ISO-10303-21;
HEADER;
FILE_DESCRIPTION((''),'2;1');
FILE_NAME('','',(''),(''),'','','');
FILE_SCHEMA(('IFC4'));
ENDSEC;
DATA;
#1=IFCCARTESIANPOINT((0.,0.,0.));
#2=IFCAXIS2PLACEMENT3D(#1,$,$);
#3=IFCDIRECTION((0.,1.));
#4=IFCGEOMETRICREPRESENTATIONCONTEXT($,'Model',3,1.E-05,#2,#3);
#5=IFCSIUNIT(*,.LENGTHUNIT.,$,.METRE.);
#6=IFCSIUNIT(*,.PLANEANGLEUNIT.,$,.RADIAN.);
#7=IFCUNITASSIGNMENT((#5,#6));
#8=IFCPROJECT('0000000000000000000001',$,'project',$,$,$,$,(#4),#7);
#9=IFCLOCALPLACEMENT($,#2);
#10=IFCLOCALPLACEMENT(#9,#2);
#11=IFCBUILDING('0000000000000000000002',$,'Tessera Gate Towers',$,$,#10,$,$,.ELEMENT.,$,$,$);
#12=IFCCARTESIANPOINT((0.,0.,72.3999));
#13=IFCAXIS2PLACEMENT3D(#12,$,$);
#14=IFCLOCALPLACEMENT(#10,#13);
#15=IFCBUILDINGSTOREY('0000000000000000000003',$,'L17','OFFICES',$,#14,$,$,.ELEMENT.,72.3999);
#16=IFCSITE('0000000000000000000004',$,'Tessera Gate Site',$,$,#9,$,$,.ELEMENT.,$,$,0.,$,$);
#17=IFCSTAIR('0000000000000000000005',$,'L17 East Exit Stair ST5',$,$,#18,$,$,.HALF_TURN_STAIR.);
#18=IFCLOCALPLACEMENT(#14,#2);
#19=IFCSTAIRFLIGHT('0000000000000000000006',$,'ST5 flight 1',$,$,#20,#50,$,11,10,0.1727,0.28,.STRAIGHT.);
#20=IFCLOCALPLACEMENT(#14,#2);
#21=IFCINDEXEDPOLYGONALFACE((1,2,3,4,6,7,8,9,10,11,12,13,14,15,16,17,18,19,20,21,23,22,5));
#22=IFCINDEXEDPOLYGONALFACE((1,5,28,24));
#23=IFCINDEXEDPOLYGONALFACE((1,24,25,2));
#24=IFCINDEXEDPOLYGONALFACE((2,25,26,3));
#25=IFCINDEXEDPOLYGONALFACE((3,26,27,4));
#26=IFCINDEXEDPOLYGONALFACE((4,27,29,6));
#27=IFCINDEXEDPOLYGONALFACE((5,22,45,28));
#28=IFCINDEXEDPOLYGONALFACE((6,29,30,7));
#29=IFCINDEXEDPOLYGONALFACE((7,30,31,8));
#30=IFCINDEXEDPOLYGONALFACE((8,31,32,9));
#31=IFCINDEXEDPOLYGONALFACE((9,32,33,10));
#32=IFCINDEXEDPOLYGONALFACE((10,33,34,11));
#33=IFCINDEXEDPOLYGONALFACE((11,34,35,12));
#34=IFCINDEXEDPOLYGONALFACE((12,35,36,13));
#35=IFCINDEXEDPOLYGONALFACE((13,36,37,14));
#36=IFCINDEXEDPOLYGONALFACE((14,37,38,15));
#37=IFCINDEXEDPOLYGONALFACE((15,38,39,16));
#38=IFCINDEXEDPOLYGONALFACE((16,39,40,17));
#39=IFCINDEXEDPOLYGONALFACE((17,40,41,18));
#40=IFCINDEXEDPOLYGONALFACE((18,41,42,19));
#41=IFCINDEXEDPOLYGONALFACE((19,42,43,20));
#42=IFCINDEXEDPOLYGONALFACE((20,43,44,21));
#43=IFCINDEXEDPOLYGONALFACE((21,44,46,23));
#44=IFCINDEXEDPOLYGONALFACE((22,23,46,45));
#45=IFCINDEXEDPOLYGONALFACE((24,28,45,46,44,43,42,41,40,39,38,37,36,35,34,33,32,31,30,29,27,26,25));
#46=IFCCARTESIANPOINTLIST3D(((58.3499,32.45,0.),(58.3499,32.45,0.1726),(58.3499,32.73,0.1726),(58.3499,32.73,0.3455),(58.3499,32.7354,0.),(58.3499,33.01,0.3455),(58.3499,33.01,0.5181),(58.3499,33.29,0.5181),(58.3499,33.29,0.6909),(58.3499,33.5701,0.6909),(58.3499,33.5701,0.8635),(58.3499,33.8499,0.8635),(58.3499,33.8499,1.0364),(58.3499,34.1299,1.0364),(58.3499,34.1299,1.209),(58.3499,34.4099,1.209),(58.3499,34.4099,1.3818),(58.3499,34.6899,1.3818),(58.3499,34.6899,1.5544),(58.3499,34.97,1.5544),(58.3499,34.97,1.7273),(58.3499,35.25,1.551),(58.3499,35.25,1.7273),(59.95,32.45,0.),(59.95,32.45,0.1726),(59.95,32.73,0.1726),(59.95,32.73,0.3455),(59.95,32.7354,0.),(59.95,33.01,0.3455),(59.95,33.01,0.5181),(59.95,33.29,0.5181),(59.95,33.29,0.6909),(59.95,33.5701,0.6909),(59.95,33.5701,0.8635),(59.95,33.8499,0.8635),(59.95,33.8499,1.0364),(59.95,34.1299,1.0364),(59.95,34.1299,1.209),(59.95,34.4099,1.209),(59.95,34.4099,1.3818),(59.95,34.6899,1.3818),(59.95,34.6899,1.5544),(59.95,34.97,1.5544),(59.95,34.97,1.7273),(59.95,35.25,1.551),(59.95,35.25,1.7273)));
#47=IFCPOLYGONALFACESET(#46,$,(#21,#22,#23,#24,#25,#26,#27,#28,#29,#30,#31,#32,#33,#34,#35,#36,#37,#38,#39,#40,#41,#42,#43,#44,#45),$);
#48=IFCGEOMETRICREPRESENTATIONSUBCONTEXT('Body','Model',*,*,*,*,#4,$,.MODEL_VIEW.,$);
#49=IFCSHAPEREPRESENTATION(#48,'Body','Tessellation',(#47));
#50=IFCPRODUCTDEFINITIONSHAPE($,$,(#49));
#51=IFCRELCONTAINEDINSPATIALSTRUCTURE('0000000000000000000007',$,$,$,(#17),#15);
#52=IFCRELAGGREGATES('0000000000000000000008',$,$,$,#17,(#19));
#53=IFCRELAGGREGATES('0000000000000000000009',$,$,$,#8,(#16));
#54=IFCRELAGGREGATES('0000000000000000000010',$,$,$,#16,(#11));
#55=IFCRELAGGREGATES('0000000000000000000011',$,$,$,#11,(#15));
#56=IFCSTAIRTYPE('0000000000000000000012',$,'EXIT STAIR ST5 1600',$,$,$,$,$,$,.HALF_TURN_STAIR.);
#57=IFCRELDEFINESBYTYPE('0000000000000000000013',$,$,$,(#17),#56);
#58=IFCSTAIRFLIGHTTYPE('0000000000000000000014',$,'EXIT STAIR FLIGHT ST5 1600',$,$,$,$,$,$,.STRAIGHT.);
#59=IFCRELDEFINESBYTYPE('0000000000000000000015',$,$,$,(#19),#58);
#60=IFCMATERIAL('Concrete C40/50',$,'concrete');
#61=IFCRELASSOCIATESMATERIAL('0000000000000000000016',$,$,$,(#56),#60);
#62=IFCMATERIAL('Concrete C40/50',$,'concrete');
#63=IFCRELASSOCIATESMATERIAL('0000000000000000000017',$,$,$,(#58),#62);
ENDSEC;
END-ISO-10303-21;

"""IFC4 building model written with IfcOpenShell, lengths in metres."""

from ifc_helpers import new_model, si_unit, direction, frame, origin, place, context, subcontext, project, spatial, polyline, outline, extrude, material, type_object, element, aggregate, save


model = new_model("IFC4")

# Units and contexts
model_context = context("Model", 3, precision=1e-05, world=origin(), true_north=direction((0.0, 1.0)))
body_context = subcontext(model_context, "Body", "Model", "MODEL_VIEW")
ifc_project = project(units=[si_unit("LENGTHUNIT", "METRE"), si_unit("PLANEANGLEUNIT", "RADIAN")], contexts=[model_context])

# Site, building, storey
site_placement = place(None, origin())
site = spatial("IfcSite", under=ifc_project, at=site_placement, Name="Tessera Gate Site", CompositionType="ELEMENT", RefElevation=0.0)
building_placement = place(site_placement, origin())
building = spatial("IfcBuilding", under=site, at=building_placement, Name="Tessera Gate Towers", CompositionType="ELEMENT")
storey_placement = place(building_placement, frame((0.0, 0.0, 72.3999)))
storey = spatial("IfcBuildingStorey", under=building, at=storey_placement, Name="L17", Description="OFFICES", CompositionType="ELEMENT", Elevation=72.3999)

# Stair, stair flight
ifc_material_1 = material(Name="Concrete C40/50", Category="concrete")
stair_type = type_object("IfcStairType", Name="EXIT STAIR ST5 1600", PredefinedType="HALF_TURN_STAIR", material=ifc_material_1)
stair_placement = place(storey_placement, origin())
stair = element("IfcStair", 1, at=stair_placement, inside=storey, type_object=stair_type, Name="L17 East Exit Stair ST5", PredefinedType="HALF_TURN_STAIR")
ifc_material_2 = material(Name="Concrete C40/50", Category="concrete")
stair_flight_type = type_object("IfcStairFlightType", Name="EXIT STAIR FLIGHT ST5 1600", PredefinedType="STRAIGHT", material=ifc_material_2)
stair_flight_placement = place(storey_placement, frame((59.1499, 32.45, 0.0), z_axis=(0.0, 0.0, 1.0), x_axis=(0.0, 1.0, 0.0)))
stair_flight = element("IfcStairFlight", 2, at=stair_flight_placement, type_object=stair_flight_type, Name="ST5 flight 1", NumberOfRisers=11, NumberOfTreads=10, PredefinedType="STRAIGHT", RiserHeight=0.1727, TreadLength=0.28, context=body_context, shape_type="SweptSolid", body=[
    extrude(outline(polyline([(0.0, 0.0), (0.0, 0.1726), (0.28, 0.1726), (0.28, 0.3455), (0.5601, 0.3455), (0.5601, 0.5181), (0.8401, 0.5181), (0.8401, 0.6909), (1.1201, 0.6909), (1.1201, 0.8635), (1.3999, 0.8635), (1.3999, 1.0364), (1.6799, 1.0364), (1.6799, 1.209), (1.96, 1.209), (1.96, 1.3818), (2.24, 1.3818), (2.24, 1.5544), (2.52, 1.5544), (2.52, 1.7273), (2.8, 1.7273), (2.8, 1.8999), (2.8, 1.551), (0.2854, 0.0), (0.0, 0.0)])), frame((0.0, 0.8, 0.0), z_axis=(0.0, -1.0, 0.0), x_axis=(1.0, 0.0, 0.0)), (0.0, 0.0, 1.0), 1.6001),
])
aggregate(stair, [stair_flight])

save(model, "model.ifc")
